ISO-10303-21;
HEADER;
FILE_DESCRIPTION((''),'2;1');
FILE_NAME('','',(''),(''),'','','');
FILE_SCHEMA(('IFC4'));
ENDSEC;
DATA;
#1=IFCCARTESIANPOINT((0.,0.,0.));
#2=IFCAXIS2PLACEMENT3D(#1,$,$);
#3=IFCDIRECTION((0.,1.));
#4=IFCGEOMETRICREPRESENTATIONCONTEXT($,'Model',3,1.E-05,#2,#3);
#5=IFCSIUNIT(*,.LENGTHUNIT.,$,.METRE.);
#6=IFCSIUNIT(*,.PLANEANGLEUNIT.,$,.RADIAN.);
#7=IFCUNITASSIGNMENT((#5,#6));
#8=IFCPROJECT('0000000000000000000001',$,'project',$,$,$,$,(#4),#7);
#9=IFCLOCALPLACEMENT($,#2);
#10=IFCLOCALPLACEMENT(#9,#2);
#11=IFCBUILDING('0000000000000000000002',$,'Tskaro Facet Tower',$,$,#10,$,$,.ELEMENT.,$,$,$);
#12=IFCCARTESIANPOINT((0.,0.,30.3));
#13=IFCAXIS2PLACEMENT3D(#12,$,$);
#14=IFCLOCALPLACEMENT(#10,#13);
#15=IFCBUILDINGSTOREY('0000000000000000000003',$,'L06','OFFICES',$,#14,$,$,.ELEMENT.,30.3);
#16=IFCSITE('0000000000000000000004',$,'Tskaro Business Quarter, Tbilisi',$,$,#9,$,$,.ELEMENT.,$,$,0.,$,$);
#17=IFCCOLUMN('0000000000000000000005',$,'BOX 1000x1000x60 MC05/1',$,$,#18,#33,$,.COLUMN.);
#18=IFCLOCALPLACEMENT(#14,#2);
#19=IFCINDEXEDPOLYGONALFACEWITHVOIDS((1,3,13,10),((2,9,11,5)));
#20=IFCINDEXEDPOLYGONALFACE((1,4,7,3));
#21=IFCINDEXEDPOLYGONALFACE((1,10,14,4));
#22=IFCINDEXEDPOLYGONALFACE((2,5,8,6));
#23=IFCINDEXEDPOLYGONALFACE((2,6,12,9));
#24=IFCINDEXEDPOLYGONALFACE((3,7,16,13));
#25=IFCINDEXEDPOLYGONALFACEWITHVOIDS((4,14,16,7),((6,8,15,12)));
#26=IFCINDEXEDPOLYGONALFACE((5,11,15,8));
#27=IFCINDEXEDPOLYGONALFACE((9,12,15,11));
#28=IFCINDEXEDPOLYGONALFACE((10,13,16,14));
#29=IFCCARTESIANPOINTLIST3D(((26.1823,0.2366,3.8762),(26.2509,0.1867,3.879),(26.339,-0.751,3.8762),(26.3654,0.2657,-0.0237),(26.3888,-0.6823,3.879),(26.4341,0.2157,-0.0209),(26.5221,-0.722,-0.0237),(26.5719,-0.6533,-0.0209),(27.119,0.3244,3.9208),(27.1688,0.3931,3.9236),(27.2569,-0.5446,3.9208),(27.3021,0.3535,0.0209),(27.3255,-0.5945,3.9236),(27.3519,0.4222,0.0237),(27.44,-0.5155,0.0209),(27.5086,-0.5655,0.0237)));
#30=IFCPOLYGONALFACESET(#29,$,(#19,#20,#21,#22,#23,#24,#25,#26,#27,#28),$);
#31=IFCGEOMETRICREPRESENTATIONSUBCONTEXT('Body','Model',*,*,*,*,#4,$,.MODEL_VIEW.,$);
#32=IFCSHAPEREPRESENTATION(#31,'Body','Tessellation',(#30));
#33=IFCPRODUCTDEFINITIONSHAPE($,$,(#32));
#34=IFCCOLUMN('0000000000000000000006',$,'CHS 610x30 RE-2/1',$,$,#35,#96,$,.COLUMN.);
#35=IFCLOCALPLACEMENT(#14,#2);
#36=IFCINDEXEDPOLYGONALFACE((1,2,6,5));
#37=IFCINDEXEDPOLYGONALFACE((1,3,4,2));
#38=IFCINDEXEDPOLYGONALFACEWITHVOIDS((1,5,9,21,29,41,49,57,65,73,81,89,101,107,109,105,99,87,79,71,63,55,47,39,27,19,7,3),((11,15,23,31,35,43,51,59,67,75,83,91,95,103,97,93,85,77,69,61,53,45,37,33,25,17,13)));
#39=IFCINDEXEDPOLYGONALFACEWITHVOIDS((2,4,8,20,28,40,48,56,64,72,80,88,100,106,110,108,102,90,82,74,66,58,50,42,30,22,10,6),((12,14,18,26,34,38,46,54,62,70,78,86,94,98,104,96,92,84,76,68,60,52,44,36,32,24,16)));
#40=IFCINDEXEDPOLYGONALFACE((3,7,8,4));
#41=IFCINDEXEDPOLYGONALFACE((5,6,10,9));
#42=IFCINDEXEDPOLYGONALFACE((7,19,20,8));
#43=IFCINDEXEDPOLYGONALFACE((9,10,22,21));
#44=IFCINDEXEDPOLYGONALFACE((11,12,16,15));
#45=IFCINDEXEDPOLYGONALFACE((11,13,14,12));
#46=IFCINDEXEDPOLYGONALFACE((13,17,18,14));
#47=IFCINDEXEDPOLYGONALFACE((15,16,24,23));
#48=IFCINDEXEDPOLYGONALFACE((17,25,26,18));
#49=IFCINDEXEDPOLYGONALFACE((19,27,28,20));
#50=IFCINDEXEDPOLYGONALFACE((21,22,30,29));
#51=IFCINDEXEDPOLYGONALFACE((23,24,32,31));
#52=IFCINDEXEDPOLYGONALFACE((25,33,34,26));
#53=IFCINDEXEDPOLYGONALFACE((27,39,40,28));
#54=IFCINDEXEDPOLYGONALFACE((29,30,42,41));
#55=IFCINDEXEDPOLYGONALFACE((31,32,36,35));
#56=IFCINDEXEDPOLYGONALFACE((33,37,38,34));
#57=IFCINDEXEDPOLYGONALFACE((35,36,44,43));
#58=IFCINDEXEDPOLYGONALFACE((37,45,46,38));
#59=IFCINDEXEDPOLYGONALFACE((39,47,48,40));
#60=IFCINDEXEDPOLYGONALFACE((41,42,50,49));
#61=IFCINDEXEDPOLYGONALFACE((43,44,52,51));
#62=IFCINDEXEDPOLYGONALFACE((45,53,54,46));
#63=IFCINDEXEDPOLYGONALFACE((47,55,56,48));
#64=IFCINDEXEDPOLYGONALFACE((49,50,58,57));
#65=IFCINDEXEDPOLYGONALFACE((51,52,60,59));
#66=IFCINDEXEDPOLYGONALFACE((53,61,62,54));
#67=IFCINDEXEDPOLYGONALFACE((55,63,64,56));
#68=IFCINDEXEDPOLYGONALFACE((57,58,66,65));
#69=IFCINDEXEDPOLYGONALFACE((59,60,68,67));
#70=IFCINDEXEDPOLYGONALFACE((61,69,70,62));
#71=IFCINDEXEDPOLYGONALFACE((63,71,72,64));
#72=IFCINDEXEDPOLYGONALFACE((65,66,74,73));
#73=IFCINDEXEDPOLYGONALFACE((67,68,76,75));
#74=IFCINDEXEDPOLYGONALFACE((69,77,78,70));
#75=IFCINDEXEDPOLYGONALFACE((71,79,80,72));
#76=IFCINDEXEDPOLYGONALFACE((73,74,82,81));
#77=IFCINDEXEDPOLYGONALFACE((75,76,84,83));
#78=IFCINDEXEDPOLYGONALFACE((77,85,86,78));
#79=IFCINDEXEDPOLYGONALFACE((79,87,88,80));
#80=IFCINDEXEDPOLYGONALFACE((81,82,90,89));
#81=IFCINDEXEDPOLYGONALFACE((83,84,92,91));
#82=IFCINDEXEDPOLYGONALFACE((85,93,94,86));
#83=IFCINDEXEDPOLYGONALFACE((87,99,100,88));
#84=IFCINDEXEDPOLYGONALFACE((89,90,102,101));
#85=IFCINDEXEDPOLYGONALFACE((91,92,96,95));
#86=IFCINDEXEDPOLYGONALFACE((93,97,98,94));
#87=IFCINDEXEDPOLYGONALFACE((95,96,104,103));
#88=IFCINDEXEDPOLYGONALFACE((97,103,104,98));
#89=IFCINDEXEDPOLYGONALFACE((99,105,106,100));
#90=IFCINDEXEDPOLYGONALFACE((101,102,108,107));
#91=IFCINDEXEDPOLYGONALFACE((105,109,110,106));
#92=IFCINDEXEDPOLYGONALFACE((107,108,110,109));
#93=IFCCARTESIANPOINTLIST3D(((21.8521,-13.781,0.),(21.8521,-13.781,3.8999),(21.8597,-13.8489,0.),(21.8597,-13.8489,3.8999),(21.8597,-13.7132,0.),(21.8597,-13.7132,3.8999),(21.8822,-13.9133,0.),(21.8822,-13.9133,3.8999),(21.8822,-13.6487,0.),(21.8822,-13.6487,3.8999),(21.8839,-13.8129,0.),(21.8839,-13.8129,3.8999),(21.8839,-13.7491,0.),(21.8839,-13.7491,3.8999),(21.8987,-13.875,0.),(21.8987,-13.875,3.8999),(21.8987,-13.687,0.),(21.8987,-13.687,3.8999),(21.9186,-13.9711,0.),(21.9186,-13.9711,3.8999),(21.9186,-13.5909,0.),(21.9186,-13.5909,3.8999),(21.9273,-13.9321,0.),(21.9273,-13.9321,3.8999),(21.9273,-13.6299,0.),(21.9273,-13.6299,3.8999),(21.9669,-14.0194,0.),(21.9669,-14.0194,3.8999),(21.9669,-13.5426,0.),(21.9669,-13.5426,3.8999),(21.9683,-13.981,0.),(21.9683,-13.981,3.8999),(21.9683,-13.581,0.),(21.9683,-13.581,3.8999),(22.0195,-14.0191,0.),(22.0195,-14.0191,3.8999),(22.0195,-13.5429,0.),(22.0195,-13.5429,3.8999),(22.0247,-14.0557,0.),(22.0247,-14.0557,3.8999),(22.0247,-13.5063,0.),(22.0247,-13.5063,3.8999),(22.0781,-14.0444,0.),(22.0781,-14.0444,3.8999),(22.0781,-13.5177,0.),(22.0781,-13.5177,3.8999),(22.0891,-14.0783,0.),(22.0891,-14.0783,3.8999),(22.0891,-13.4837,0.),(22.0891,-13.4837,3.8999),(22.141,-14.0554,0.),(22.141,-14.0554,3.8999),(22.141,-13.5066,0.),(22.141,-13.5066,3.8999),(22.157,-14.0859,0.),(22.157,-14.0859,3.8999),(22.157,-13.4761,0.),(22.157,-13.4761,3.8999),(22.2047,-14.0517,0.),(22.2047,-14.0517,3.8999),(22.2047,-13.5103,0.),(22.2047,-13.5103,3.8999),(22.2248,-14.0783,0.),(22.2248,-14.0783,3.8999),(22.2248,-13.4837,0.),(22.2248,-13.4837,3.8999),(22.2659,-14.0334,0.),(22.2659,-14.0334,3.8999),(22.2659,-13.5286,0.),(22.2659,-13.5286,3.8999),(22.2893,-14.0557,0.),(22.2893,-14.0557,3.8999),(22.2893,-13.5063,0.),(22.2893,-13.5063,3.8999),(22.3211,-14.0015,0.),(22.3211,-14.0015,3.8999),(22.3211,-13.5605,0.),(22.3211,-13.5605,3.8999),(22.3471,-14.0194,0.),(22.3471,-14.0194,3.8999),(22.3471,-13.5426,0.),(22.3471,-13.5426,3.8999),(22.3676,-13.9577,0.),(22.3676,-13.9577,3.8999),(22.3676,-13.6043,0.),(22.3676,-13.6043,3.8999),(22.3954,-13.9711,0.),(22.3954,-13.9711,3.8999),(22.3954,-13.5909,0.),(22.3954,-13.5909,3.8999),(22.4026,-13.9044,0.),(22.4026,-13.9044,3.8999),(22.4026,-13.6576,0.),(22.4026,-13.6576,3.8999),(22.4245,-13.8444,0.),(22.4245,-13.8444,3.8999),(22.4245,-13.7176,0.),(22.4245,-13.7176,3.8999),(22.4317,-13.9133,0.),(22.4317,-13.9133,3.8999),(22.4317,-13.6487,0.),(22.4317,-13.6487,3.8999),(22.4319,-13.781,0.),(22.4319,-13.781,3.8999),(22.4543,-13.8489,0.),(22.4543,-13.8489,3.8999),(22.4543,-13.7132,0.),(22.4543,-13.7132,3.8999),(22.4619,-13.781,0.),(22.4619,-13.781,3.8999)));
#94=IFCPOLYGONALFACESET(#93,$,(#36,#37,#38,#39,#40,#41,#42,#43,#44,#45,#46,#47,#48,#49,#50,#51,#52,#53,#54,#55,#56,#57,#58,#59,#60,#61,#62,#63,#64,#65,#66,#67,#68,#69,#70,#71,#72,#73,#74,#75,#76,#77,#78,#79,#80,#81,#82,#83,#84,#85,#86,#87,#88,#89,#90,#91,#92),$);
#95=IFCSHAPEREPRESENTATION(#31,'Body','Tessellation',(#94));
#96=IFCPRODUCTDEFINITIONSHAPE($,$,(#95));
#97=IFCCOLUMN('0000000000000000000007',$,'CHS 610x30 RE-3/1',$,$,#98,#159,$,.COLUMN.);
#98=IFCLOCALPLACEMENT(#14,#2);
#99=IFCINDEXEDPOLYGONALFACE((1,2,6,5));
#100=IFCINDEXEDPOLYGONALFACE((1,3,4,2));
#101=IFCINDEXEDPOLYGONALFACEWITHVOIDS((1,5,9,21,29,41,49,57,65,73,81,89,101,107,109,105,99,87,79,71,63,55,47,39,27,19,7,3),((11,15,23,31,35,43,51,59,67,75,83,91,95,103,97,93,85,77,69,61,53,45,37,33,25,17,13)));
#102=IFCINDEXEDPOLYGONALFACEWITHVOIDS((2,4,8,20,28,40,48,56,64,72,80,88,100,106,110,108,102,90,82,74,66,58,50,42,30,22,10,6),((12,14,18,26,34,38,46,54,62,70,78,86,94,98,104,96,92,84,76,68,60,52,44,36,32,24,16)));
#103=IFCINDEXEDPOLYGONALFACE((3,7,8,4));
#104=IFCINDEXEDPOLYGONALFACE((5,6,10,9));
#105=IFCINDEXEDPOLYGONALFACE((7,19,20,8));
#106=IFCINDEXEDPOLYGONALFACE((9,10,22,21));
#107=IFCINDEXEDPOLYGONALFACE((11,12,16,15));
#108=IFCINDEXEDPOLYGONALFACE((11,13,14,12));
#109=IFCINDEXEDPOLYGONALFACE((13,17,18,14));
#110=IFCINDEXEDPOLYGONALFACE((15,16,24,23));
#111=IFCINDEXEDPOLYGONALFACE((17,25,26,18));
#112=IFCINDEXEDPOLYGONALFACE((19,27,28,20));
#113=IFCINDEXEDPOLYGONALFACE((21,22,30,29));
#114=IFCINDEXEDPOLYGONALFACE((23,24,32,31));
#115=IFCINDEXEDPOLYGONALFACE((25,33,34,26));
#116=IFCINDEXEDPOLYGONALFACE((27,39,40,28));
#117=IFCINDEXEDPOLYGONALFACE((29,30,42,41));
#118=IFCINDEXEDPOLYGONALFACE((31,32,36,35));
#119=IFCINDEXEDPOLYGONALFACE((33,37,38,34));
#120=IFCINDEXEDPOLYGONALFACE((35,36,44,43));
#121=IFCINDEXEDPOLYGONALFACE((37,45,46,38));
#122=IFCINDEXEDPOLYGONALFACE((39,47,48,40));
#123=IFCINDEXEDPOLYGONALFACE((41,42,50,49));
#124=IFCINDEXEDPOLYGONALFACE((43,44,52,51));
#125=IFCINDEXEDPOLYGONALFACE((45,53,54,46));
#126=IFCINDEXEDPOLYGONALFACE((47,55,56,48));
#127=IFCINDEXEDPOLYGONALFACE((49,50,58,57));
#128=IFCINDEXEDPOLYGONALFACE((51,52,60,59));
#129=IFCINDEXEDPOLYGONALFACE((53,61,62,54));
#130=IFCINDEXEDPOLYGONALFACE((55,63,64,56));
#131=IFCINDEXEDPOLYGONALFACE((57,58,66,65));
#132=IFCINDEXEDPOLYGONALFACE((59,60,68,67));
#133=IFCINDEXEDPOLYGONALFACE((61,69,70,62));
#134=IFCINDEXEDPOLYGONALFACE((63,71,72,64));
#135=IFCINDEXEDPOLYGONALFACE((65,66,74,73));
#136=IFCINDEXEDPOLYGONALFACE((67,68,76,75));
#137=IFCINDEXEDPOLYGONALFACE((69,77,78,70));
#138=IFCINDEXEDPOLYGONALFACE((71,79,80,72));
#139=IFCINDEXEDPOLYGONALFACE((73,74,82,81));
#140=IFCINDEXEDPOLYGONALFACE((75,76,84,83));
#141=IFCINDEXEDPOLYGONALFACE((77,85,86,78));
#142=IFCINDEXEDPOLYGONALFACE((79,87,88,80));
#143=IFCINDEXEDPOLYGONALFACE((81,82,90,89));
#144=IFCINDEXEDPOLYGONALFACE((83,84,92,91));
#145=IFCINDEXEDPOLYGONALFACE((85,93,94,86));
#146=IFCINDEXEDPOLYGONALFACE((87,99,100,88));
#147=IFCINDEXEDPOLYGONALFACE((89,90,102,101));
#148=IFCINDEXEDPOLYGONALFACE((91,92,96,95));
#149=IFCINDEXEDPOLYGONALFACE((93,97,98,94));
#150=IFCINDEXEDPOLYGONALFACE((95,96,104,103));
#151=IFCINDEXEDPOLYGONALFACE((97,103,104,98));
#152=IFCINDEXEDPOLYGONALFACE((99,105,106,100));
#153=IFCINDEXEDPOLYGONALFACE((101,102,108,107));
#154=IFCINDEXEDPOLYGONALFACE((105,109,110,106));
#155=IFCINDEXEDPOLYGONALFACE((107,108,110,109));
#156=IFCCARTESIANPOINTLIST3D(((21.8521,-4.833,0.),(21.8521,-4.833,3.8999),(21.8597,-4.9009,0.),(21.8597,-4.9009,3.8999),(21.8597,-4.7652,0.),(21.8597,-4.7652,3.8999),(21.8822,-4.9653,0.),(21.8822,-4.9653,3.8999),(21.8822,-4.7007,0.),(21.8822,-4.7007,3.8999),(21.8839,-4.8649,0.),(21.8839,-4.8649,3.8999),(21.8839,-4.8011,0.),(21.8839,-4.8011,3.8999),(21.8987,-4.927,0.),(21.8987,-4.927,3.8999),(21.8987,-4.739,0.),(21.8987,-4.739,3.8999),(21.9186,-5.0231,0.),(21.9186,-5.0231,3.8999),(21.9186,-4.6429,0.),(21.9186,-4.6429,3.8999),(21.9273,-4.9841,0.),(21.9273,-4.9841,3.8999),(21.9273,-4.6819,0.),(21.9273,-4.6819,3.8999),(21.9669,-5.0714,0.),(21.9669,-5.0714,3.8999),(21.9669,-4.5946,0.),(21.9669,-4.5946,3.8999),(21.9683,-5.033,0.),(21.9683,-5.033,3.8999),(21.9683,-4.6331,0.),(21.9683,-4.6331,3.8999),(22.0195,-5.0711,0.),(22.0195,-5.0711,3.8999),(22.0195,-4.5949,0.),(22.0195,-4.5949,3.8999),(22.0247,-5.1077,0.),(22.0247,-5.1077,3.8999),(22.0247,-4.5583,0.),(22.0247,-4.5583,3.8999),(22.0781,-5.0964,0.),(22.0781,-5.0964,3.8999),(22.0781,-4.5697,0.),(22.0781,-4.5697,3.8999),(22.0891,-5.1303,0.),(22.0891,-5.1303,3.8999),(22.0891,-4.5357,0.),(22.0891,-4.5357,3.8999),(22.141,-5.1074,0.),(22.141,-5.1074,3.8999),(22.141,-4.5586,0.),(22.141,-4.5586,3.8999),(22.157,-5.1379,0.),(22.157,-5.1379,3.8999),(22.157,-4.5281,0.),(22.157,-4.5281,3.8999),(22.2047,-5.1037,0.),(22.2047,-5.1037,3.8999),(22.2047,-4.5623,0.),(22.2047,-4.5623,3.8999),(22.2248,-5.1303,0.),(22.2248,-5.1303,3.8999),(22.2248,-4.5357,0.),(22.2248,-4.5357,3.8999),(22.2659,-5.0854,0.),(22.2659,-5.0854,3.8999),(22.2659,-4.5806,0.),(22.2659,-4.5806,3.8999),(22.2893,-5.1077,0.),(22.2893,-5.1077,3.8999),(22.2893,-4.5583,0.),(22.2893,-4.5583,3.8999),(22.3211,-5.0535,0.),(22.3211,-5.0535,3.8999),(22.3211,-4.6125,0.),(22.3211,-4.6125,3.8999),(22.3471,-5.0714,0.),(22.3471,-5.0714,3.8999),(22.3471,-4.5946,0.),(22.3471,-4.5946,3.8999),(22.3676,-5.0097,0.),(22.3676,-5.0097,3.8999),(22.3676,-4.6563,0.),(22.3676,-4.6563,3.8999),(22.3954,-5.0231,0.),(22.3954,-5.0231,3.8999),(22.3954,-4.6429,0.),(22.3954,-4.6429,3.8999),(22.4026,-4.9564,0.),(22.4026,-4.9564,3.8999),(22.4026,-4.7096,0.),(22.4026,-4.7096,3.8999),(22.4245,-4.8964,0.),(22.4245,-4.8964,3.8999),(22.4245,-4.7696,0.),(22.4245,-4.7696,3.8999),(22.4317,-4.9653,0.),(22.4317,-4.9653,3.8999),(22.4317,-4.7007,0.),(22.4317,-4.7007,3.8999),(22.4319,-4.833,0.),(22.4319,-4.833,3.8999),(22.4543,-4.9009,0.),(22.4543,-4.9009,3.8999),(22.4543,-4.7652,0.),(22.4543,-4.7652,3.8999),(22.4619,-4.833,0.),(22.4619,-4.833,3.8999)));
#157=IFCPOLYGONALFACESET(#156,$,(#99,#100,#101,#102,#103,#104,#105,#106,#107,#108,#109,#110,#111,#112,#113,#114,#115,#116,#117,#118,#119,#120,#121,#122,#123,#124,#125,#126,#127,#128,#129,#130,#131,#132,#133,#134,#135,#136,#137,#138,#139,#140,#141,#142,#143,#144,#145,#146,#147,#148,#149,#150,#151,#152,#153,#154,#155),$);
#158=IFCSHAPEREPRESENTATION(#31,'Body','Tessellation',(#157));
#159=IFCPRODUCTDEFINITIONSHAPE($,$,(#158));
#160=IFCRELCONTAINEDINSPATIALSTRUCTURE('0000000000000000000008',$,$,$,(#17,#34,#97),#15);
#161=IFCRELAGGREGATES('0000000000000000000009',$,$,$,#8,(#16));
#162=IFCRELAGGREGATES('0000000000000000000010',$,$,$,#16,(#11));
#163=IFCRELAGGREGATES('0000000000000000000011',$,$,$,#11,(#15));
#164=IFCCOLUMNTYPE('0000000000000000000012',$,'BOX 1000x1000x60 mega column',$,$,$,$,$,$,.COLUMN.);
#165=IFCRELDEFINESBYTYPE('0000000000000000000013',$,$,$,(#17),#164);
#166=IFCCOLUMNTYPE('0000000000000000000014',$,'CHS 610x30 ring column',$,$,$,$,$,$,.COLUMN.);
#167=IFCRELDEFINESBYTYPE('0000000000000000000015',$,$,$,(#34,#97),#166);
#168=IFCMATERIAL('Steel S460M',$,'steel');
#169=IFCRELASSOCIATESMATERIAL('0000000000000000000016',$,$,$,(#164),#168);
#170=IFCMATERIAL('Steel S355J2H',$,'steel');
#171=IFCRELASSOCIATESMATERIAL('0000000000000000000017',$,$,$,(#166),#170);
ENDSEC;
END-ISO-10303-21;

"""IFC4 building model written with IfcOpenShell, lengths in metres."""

from ifc_helpers import new_model, si_unit, direction, frame, origin, origin_2d, place, context, subcontext, project, spatial, hollow_rectangle, hollow_circle, extrude, material, material_profile, profile_set, type_object, element, save


model = new_model("IFC4")

# Units and contexts
model_context = context("Model", 3, precision=1e-05, world=origin(), true_north=direction((0.0, 1.0)))
body_context = subcontext(model_context, "Body", "Model", "MODEL_VIEW")
ifc_project = project(units=[si_unit("LENGTHUNIT", "METRE"), si_unit("PLANEANGLEUNIT", "RADIAN")], contexts=[model_context])

# Site, building, storey
site_placement = place(None, origin())
site = spatial("IfcSite", under=ifc_project, at=site_placement, Name="Tskaro Business Quarter, Tbilisi", CompositionType="ELEMENT", RefElevation=0.0)
building_placement = place(site_placement, origin())
building = spatial("IfcBuilding", under=site, at=building_placement, Name="Tskaro Facet Tower", CompositionType="ELEMENT")
storey_placement = place(building_placement, frame((0.0, 0.0, 30.3)))
storey = spatial("IfcBuildingStorey", under=building, at=storey_placement, Name="L06", Description="OFFICES", CompositionType="ELEMENT", Elevation=30.3)

# Columns
ifc_material_1 = material(Name="Steel S460M", Category="steel")
ifc_material_profile_1 = material_profile(ifc_material_1, hollow_rectangle(XDim=1.0, YDim=1.0, WallThickness=0.0601, at=origin_2d()), Name="BOX 1000x1000x60")
ifc_profile_set_1 = profile_set([ifc_material_profile_1], Name="Steel S460M")
column_type_1 = type_object("IfcColumnType", Name="BOX 1000x1000x60 mega column", PredefinedType="COLUMN", material=ifc_profile_set_1)
column_1_placement = place(storey_placement, frame((26.937, -0.1499, 0.0), z_axis=(-0.046898, -0.007441, 0.998872), x_axis=(0.156706, -0.987645, 0.0)))
element("IfcColumn", 1, at=column_1_placement, inside=storey, type_object=column_type_1, Name="BOX 1000x1000x60 MC05/1", PredefinedType="COLUMN", context=body_context, shape_type="SweptSolid", body=[
    extrude(hollow_rectangle(XDim=1.0, YDim=1.0, WallThickness=0.0601, at=origin_2d()), origin(), (0.0, 0.0, 1.0), 3.9043),
])
ifc_material_2 = material(Name="Steel S355J2H", Category="steel")
ifc_material_profile_2 = material_profile(ifc_material_2, hollow_circle(Radius=0.3049, WallThickness=0.03, at=origin_2d()), Name="CHS 610x30")
ifc_profile_set_2 = profile_set([ifc_material_profile_2], Name="Steel S355J2H")
column_type_2 = type_object("IfcColumnType", Name="CHS 610x30 ring column", PredefinedType="COLUMN", material=ifc_profile_set_2)
for number, where, z_axis, x_axis, name in (
    (2, (22.157, -13.781, 0.0), (0.0, 0.0, 1.0), (1.0, 0.0, 0.0), "CHS 610x30 RE-2/1"),
    (3, (22.157, -4.833, 0.0), (0.0, 0.0, 1.0), (1.0, 0.0, 0.0), "CHS 610x30 RE-3/1"),
):
    element("IfcColumn", number, at=place(storey_placement, frame(where, z_axis=z_axis, x_axis=x_axis)), inside=storey, type_object=column_type_2, Name=name, PredefinedType="COLUMN", context=body_context, shape_type="SweptSolid", body=[
        extrude(hollow_circle(Radius=0.3049, WallThickness=0.03, at=origin_2d()), origin(), (0.0, 0.0, 1.0), 3.8999),
    ])

save(model, "model.ifc")
